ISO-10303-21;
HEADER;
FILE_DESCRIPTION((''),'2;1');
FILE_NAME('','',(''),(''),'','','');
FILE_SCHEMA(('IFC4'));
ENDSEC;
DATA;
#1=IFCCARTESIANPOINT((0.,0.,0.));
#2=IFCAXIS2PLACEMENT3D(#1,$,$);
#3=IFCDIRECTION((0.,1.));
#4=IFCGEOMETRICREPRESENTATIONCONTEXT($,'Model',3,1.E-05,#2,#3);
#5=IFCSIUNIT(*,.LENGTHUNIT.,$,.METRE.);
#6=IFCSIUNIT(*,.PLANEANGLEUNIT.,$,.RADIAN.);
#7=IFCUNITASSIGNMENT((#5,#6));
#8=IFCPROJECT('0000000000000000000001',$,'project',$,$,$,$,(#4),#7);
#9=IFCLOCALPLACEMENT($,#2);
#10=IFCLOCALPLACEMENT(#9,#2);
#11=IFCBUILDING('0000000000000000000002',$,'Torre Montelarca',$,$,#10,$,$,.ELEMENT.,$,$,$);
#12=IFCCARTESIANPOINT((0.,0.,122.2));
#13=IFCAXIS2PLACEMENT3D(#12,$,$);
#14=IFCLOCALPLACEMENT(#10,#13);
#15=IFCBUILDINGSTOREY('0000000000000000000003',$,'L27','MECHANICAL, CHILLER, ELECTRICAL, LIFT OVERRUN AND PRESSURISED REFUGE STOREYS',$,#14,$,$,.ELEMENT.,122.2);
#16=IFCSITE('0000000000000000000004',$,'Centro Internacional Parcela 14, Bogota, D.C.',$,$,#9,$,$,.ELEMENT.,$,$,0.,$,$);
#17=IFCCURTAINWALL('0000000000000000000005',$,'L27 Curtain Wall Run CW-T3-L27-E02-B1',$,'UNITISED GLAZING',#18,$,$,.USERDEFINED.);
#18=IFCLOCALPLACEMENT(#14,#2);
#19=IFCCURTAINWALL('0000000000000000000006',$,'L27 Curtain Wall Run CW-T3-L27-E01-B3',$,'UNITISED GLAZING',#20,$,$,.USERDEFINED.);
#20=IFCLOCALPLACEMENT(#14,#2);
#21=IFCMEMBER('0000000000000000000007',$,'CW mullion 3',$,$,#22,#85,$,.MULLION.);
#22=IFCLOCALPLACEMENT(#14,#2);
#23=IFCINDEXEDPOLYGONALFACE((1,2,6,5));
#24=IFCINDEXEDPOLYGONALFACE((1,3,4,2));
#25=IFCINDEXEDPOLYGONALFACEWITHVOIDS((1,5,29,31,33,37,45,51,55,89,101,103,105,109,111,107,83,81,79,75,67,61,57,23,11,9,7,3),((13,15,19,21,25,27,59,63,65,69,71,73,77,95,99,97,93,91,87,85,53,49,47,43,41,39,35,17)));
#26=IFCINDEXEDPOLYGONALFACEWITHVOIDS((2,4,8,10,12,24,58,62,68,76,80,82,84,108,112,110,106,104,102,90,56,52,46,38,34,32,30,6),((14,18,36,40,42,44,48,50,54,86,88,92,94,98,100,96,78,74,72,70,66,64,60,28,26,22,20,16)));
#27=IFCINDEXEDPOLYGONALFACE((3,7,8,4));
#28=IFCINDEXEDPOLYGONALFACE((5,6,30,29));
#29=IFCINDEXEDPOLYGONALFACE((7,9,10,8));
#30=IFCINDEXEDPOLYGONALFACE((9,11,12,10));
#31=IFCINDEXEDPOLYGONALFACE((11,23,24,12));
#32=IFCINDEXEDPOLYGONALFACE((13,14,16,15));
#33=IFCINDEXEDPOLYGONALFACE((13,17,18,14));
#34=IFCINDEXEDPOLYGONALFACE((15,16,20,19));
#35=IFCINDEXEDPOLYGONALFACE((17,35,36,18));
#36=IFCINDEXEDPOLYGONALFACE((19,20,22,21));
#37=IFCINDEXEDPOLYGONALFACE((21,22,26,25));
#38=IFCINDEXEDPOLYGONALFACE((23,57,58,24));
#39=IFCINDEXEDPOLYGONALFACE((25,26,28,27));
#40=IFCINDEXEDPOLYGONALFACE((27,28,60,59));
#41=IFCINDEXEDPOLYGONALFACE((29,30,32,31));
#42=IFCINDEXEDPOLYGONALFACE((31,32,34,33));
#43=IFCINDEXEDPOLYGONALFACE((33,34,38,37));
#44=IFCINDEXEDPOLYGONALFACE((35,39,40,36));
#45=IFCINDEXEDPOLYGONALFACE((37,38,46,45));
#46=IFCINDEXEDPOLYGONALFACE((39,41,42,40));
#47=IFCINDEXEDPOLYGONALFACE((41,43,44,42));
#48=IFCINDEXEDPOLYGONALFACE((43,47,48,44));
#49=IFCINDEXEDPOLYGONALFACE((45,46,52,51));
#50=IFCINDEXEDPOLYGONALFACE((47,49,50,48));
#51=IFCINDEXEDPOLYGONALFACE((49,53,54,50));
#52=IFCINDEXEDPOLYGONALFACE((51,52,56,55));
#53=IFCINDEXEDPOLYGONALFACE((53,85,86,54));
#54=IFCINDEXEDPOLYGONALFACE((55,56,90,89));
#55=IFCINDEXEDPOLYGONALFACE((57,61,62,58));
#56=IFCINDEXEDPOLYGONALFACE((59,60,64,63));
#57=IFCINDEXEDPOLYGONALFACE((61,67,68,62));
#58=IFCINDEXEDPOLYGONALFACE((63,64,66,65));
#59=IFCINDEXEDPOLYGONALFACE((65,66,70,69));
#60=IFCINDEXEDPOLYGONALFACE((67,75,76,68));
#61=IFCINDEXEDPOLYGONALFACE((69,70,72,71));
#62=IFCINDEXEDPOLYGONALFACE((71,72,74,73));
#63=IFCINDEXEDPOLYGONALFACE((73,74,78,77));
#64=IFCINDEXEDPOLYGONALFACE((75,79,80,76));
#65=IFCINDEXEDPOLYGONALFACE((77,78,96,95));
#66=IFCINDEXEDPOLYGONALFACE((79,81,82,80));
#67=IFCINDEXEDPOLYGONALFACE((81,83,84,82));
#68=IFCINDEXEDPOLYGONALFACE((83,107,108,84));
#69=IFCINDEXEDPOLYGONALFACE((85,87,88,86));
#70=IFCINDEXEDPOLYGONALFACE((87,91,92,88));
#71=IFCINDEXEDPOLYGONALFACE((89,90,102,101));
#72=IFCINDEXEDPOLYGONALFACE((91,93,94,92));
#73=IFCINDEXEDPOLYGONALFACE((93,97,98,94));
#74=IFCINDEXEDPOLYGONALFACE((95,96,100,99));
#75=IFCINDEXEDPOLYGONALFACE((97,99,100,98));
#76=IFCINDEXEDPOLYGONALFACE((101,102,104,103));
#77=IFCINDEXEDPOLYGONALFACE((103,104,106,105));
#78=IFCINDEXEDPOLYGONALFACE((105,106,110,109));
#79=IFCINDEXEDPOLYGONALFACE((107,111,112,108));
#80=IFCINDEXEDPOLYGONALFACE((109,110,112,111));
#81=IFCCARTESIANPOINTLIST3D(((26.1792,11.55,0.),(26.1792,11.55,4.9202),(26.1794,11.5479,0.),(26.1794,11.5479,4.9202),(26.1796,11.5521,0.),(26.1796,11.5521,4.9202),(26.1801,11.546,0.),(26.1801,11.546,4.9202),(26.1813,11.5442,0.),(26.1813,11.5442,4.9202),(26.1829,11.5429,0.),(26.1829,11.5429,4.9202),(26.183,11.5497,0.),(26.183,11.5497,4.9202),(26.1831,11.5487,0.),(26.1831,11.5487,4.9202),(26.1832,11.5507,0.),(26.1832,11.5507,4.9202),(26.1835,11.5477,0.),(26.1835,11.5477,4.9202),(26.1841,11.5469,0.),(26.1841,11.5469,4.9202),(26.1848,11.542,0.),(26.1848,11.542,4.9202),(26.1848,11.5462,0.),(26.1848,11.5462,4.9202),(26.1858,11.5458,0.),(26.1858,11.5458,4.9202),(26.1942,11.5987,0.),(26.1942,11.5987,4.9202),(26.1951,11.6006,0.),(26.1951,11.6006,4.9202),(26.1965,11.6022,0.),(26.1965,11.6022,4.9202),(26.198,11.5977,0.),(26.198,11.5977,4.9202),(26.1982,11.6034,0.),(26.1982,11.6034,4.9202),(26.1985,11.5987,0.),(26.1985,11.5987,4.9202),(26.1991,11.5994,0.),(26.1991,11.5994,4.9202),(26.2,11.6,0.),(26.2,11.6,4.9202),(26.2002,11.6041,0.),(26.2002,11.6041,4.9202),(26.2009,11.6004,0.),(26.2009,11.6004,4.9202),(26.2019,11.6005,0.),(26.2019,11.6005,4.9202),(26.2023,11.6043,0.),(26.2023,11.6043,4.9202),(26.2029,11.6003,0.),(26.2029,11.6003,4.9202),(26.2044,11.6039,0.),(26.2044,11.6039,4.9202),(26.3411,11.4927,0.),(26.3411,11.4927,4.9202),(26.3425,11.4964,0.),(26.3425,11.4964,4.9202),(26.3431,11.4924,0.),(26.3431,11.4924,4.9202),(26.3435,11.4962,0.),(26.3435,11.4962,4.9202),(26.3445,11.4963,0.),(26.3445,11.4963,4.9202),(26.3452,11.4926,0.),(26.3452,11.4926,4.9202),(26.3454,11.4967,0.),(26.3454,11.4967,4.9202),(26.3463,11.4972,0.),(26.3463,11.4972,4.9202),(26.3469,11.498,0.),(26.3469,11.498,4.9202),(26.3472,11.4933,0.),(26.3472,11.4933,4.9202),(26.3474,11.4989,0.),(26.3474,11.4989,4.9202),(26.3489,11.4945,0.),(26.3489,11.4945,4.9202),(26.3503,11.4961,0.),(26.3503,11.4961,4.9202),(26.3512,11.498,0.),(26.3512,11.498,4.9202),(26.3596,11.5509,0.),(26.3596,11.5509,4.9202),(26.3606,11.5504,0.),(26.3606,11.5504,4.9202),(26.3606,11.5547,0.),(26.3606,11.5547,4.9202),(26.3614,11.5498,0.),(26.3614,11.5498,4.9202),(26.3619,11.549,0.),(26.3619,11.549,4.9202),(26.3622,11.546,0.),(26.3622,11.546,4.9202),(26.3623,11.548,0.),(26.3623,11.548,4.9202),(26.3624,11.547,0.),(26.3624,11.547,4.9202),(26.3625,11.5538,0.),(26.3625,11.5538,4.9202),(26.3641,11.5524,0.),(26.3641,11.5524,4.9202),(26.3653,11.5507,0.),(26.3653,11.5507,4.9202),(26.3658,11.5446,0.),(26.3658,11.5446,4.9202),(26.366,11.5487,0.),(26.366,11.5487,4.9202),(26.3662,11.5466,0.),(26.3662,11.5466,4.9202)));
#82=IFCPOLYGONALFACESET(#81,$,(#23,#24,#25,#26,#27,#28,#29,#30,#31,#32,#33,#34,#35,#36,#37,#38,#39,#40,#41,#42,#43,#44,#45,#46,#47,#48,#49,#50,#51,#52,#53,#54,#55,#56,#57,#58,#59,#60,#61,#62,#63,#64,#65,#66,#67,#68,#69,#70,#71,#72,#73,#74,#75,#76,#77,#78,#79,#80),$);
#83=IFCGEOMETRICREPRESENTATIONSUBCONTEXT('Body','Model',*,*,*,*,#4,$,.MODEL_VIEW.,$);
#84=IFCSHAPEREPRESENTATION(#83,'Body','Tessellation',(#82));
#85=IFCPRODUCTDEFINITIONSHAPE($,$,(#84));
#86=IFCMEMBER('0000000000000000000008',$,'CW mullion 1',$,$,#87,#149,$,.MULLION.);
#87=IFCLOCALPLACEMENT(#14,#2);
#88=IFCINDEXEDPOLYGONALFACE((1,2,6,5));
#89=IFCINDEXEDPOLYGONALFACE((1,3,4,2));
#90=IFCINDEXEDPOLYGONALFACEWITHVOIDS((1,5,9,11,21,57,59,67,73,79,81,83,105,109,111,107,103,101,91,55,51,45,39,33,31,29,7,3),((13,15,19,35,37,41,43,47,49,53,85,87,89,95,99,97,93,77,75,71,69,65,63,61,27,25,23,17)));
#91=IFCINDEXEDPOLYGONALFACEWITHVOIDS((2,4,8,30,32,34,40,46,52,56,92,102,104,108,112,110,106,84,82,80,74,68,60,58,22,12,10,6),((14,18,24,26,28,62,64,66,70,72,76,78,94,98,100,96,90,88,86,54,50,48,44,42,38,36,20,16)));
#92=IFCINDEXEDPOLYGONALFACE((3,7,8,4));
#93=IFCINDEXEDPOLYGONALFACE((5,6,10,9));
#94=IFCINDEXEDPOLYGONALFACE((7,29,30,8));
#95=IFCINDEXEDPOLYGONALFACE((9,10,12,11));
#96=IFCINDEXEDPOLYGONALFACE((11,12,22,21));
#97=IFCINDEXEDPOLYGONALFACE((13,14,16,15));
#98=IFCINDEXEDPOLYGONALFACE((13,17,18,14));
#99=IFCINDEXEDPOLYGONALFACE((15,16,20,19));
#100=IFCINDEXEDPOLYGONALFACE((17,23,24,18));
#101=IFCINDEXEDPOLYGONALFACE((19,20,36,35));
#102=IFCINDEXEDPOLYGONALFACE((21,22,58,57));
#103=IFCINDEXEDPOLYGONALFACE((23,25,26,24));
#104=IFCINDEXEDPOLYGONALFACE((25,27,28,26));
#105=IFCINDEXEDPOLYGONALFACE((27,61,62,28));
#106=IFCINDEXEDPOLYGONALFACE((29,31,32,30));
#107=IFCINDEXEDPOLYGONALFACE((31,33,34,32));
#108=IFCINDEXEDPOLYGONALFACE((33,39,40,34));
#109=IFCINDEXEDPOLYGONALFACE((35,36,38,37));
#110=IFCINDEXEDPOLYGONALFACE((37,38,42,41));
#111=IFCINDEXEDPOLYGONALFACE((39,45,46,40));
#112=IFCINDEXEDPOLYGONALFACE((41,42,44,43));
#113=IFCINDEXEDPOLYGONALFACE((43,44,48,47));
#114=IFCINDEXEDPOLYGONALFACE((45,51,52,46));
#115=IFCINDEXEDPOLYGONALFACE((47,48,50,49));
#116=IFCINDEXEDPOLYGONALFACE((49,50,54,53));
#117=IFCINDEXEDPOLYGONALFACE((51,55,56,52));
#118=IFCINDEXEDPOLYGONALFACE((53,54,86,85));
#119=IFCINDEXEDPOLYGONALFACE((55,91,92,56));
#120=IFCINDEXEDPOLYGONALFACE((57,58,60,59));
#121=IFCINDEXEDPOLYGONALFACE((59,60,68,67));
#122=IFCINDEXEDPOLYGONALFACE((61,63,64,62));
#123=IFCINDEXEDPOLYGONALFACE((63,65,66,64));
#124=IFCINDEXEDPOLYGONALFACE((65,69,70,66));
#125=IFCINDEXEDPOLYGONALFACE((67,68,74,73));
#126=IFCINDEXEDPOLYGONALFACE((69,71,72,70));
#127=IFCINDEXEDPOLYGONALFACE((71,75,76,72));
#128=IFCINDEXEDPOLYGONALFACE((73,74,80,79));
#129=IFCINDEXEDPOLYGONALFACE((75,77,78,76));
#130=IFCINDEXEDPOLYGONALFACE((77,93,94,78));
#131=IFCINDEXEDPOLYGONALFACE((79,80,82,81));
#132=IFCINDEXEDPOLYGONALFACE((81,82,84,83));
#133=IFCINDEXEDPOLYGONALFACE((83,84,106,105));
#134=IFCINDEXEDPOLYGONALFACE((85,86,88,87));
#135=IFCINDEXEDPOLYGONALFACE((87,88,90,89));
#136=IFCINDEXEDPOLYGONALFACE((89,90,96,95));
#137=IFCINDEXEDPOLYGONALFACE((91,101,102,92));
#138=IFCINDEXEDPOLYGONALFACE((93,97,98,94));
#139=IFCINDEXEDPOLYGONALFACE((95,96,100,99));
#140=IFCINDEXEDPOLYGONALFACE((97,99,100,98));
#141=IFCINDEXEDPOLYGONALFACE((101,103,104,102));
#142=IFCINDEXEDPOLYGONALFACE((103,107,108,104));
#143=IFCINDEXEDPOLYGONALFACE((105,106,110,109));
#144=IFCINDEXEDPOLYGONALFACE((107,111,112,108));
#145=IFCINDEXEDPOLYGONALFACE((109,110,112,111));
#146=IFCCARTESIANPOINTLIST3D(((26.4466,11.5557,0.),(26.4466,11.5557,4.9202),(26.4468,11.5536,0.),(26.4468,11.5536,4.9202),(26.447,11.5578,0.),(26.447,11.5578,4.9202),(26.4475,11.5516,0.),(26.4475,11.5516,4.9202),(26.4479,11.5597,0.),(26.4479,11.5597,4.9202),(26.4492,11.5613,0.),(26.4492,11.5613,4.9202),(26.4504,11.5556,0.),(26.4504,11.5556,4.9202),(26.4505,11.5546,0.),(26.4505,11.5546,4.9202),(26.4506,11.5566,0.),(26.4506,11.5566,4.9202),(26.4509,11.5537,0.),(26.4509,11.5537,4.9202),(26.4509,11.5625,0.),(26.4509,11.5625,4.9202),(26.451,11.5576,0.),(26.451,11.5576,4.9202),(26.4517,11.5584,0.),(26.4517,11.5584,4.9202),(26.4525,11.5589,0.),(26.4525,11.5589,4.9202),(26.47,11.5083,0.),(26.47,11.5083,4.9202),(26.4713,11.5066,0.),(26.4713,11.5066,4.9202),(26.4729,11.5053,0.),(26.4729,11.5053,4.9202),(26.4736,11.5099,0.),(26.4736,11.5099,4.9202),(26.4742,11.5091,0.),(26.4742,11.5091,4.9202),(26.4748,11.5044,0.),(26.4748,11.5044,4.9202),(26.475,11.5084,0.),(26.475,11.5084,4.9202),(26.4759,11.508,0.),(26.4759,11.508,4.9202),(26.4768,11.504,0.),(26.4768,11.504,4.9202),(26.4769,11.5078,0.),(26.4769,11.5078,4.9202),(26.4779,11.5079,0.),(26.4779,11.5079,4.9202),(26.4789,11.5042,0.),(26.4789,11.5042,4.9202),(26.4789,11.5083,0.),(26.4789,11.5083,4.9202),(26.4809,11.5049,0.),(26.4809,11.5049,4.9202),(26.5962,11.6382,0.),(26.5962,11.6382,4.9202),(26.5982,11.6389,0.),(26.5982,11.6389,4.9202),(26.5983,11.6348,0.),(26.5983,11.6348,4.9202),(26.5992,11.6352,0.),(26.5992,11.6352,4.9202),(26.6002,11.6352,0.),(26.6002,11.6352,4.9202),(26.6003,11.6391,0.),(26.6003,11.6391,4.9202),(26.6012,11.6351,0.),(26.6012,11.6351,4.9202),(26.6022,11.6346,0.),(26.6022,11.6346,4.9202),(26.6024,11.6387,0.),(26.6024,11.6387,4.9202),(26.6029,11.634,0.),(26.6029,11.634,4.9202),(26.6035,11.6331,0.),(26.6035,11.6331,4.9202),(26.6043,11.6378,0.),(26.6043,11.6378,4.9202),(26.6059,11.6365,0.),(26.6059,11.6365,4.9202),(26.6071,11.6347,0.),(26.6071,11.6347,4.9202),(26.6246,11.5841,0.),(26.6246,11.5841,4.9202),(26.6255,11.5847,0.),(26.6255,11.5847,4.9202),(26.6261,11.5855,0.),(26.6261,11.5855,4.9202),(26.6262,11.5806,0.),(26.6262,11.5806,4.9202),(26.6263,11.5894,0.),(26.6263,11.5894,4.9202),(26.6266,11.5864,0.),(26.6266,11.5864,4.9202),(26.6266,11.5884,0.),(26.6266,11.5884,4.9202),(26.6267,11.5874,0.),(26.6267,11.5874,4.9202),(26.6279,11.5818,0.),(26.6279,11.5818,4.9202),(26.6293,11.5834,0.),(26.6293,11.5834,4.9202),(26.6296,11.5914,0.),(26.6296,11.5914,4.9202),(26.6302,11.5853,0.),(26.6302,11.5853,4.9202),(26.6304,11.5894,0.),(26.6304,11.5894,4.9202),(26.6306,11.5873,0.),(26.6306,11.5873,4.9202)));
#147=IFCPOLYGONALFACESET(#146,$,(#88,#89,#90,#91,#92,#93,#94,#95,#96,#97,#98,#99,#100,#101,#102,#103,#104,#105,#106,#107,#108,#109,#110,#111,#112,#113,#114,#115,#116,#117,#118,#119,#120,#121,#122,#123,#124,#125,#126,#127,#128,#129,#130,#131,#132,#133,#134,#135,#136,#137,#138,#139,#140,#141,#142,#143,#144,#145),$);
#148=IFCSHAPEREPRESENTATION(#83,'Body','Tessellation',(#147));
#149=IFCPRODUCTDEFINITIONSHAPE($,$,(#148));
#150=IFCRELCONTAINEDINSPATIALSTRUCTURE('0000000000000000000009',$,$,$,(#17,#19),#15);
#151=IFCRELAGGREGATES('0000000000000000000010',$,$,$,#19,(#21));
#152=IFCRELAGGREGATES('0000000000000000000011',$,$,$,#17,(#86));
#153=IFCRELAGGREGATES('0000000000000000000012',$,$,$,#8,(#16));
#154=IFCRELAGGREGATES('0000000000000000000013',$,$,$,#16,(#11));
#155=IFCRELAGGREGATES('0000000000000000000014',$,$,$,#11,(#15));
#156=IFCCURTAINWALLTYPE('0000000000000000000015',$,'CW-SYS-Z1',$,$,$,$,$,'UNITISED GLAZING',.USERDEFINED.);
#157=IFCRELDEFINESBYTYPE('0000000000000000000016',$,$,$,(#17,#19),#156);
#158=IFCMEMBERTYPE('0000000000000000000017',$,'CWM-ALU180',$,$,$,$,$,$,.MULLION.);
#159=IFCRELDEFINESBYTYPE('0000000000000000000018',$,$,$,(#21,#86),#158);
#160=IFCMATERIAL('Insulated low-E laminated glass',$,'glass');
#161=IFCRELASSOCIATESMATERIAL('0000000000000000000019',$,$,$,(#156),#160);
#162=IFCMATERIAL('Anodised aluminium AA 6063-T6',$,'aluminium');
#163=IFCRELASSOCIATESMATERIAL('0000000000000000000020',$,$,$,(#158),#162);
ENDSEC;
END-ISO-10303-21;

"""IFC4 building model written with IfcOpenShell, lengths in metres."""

from ifc_helpers import new_model, si_unit, direction, frame, origin, origin_2d, place, context, subcontext, project, spatial, hollow_rectangle, extrude, source, transform, mapped, material, material_profile, profile_set, type_object, element, aggregate, save


model = new_model("IFC4")

# Units and contexts
model_context = context("Model", 3, precision=1e-05, world=origin(), true_north=direction((0.0, 1.0)))
body_context = subcontext(model_context, "Body", "Model", "MODEL_VIEW")
ifc_project = project(units=[si_unit("LENGTHUNIT", "METRE"), si_unit("PLANEANGLEUNIT", "RADIAN")], contexts=[model_context])

# Site, building, storey
site_placement = place(None, origin())
site = spatial("IfcSite", under=ifc_project, at=site_placement, Name="Centro Internacional Parcela 14, Bogota, D.C.", CompositionType="ELEMENT", RefElevation=0.0)
building_placement = place(site_placement, origin())
building = spatial("IfcBuilding", under=site, at=building_placement, Name="Torre Montelarca", CompositionType="ELEMENT")
storey_placement = place(building_placement, frame((0.0, 0.0, 122.2)))
storey = spatial("IfcBuildingStorey", under=building, at=storey_placement, Name="L27", Description="MECHANICAL, CHILLER, ELECTRICAL, LIFT OVERRUN AND PRESSURISED REFUGE STOREYS", CompositionType="ELEMENT", Elevation=122.2)

# Curtain wall
ifc_material_1 = material(Name="Insulated low-E laminated glass", Category="glass")
curtain_wall_type = type_object("IfcCurtainWallType", Name="CW-SYS-Z1", ElementType="UNITISED GLAZING", PredefinedType="USERDEFINED", material=ifc_material_1)
curtain_wall_1_placement = place(storey_placement, origin())
curtain_wall_1 = element("IfcCurtainWall", 1, at=curtain_wall_1_placement, inside=storey, type_object=curtain_wall_type, Name="L27 Curtain Wall Run CW-T3-L27-E02-B1", ObjectType="UNITISED GLAZING", PredefinedType="USERDEFINED")
ifc_material_2 = material(Name="Anodised aluminium AA 6063-T6", Category="aluminium")

# Curtain wall, member
curtain_wall_2_placement = place(storey_placement, origin())
curtain_wall_2 = element("IfcCurtainWall", 2, at=curtain_wall_2_placement, inside=storey, type_object=curtain_wall_type, Name="L27 Curtain Wall Run CW-T3-L27-E01-B3", ObjectType="UNITISED GLAZING", PredefinedType="USERDEFINED")
ifc_material_profile_1 = material_profile(ifc_material_2, hollow_rectangle(XDim=0.0649, YDim=0.1799, WallThickness=0.0039, InnerFilletRadius=0.0039, OuterFilletRadius=0.0081, at=origin_2d()), Name="ALU65X180X4", Category="aluminium")
ifc_profile_set_1 = profile_set([ifc_material_profile_1], Name="Anodised aluminium AA 6063-T6")
member_type_1 = type_object("IfcMemberType", Name="CWM-ALU180", PredefinedType="MULLION", material=ifc_profile_set_1)
shared_shape_1 = source(origin(), body_context, "Body", "SweptSolid", [
    extrude(hollow_rectangle(XDim=0.0649, YDim=0.1799, WallThickness=0.0039, InnerFilletRadius=0.0039, OuterFilletRadius=0.0081, at=origin_2d()), origin(), (0.0, 0.0, 1.0), 4.9202),
])
member_1_placement = place(storey_placement, frame((26.2727, 11.5483, 0.0), z_axis=(0.0, 0.0, 1.0), x_axis=(0.300706, 0.953717, 0.0)))
member_1 = element("IfcMember", 3, at=member_1_placement, type_object=member_type_1, Name="CW mullion 3", PredefinedType="MULLION", context=body_context, shape_type="MappedRepresentation", body=[
    mapped(shared_shape_1, transform((0.0, 0.0, 0.0), scale=1.0)),
])
aggregate(curtain_wall_2, [member_1])

# Member
member_2_placement = place(storey_placement, frame((26.5386, 11.5715, 0.0), z_axis=(0.0, 0.0, 1.0), x_axis=(-0.461741, 0.887015, 0.0)))
member_2 = element("IfcMember", 4, at=member_2_placement, type_object=member_type_1, Name="CW mullion 1", PredefinedType="MULLION", context=body_context, shape_type="MappedRepresentation", body=[
    mapped(shared_shape_1, transform((0.0, 0.0, 0.0), scale=1.0)),
])

aggregate(curtain_wall_1, [member_2])

save(model, "model.ifc")
